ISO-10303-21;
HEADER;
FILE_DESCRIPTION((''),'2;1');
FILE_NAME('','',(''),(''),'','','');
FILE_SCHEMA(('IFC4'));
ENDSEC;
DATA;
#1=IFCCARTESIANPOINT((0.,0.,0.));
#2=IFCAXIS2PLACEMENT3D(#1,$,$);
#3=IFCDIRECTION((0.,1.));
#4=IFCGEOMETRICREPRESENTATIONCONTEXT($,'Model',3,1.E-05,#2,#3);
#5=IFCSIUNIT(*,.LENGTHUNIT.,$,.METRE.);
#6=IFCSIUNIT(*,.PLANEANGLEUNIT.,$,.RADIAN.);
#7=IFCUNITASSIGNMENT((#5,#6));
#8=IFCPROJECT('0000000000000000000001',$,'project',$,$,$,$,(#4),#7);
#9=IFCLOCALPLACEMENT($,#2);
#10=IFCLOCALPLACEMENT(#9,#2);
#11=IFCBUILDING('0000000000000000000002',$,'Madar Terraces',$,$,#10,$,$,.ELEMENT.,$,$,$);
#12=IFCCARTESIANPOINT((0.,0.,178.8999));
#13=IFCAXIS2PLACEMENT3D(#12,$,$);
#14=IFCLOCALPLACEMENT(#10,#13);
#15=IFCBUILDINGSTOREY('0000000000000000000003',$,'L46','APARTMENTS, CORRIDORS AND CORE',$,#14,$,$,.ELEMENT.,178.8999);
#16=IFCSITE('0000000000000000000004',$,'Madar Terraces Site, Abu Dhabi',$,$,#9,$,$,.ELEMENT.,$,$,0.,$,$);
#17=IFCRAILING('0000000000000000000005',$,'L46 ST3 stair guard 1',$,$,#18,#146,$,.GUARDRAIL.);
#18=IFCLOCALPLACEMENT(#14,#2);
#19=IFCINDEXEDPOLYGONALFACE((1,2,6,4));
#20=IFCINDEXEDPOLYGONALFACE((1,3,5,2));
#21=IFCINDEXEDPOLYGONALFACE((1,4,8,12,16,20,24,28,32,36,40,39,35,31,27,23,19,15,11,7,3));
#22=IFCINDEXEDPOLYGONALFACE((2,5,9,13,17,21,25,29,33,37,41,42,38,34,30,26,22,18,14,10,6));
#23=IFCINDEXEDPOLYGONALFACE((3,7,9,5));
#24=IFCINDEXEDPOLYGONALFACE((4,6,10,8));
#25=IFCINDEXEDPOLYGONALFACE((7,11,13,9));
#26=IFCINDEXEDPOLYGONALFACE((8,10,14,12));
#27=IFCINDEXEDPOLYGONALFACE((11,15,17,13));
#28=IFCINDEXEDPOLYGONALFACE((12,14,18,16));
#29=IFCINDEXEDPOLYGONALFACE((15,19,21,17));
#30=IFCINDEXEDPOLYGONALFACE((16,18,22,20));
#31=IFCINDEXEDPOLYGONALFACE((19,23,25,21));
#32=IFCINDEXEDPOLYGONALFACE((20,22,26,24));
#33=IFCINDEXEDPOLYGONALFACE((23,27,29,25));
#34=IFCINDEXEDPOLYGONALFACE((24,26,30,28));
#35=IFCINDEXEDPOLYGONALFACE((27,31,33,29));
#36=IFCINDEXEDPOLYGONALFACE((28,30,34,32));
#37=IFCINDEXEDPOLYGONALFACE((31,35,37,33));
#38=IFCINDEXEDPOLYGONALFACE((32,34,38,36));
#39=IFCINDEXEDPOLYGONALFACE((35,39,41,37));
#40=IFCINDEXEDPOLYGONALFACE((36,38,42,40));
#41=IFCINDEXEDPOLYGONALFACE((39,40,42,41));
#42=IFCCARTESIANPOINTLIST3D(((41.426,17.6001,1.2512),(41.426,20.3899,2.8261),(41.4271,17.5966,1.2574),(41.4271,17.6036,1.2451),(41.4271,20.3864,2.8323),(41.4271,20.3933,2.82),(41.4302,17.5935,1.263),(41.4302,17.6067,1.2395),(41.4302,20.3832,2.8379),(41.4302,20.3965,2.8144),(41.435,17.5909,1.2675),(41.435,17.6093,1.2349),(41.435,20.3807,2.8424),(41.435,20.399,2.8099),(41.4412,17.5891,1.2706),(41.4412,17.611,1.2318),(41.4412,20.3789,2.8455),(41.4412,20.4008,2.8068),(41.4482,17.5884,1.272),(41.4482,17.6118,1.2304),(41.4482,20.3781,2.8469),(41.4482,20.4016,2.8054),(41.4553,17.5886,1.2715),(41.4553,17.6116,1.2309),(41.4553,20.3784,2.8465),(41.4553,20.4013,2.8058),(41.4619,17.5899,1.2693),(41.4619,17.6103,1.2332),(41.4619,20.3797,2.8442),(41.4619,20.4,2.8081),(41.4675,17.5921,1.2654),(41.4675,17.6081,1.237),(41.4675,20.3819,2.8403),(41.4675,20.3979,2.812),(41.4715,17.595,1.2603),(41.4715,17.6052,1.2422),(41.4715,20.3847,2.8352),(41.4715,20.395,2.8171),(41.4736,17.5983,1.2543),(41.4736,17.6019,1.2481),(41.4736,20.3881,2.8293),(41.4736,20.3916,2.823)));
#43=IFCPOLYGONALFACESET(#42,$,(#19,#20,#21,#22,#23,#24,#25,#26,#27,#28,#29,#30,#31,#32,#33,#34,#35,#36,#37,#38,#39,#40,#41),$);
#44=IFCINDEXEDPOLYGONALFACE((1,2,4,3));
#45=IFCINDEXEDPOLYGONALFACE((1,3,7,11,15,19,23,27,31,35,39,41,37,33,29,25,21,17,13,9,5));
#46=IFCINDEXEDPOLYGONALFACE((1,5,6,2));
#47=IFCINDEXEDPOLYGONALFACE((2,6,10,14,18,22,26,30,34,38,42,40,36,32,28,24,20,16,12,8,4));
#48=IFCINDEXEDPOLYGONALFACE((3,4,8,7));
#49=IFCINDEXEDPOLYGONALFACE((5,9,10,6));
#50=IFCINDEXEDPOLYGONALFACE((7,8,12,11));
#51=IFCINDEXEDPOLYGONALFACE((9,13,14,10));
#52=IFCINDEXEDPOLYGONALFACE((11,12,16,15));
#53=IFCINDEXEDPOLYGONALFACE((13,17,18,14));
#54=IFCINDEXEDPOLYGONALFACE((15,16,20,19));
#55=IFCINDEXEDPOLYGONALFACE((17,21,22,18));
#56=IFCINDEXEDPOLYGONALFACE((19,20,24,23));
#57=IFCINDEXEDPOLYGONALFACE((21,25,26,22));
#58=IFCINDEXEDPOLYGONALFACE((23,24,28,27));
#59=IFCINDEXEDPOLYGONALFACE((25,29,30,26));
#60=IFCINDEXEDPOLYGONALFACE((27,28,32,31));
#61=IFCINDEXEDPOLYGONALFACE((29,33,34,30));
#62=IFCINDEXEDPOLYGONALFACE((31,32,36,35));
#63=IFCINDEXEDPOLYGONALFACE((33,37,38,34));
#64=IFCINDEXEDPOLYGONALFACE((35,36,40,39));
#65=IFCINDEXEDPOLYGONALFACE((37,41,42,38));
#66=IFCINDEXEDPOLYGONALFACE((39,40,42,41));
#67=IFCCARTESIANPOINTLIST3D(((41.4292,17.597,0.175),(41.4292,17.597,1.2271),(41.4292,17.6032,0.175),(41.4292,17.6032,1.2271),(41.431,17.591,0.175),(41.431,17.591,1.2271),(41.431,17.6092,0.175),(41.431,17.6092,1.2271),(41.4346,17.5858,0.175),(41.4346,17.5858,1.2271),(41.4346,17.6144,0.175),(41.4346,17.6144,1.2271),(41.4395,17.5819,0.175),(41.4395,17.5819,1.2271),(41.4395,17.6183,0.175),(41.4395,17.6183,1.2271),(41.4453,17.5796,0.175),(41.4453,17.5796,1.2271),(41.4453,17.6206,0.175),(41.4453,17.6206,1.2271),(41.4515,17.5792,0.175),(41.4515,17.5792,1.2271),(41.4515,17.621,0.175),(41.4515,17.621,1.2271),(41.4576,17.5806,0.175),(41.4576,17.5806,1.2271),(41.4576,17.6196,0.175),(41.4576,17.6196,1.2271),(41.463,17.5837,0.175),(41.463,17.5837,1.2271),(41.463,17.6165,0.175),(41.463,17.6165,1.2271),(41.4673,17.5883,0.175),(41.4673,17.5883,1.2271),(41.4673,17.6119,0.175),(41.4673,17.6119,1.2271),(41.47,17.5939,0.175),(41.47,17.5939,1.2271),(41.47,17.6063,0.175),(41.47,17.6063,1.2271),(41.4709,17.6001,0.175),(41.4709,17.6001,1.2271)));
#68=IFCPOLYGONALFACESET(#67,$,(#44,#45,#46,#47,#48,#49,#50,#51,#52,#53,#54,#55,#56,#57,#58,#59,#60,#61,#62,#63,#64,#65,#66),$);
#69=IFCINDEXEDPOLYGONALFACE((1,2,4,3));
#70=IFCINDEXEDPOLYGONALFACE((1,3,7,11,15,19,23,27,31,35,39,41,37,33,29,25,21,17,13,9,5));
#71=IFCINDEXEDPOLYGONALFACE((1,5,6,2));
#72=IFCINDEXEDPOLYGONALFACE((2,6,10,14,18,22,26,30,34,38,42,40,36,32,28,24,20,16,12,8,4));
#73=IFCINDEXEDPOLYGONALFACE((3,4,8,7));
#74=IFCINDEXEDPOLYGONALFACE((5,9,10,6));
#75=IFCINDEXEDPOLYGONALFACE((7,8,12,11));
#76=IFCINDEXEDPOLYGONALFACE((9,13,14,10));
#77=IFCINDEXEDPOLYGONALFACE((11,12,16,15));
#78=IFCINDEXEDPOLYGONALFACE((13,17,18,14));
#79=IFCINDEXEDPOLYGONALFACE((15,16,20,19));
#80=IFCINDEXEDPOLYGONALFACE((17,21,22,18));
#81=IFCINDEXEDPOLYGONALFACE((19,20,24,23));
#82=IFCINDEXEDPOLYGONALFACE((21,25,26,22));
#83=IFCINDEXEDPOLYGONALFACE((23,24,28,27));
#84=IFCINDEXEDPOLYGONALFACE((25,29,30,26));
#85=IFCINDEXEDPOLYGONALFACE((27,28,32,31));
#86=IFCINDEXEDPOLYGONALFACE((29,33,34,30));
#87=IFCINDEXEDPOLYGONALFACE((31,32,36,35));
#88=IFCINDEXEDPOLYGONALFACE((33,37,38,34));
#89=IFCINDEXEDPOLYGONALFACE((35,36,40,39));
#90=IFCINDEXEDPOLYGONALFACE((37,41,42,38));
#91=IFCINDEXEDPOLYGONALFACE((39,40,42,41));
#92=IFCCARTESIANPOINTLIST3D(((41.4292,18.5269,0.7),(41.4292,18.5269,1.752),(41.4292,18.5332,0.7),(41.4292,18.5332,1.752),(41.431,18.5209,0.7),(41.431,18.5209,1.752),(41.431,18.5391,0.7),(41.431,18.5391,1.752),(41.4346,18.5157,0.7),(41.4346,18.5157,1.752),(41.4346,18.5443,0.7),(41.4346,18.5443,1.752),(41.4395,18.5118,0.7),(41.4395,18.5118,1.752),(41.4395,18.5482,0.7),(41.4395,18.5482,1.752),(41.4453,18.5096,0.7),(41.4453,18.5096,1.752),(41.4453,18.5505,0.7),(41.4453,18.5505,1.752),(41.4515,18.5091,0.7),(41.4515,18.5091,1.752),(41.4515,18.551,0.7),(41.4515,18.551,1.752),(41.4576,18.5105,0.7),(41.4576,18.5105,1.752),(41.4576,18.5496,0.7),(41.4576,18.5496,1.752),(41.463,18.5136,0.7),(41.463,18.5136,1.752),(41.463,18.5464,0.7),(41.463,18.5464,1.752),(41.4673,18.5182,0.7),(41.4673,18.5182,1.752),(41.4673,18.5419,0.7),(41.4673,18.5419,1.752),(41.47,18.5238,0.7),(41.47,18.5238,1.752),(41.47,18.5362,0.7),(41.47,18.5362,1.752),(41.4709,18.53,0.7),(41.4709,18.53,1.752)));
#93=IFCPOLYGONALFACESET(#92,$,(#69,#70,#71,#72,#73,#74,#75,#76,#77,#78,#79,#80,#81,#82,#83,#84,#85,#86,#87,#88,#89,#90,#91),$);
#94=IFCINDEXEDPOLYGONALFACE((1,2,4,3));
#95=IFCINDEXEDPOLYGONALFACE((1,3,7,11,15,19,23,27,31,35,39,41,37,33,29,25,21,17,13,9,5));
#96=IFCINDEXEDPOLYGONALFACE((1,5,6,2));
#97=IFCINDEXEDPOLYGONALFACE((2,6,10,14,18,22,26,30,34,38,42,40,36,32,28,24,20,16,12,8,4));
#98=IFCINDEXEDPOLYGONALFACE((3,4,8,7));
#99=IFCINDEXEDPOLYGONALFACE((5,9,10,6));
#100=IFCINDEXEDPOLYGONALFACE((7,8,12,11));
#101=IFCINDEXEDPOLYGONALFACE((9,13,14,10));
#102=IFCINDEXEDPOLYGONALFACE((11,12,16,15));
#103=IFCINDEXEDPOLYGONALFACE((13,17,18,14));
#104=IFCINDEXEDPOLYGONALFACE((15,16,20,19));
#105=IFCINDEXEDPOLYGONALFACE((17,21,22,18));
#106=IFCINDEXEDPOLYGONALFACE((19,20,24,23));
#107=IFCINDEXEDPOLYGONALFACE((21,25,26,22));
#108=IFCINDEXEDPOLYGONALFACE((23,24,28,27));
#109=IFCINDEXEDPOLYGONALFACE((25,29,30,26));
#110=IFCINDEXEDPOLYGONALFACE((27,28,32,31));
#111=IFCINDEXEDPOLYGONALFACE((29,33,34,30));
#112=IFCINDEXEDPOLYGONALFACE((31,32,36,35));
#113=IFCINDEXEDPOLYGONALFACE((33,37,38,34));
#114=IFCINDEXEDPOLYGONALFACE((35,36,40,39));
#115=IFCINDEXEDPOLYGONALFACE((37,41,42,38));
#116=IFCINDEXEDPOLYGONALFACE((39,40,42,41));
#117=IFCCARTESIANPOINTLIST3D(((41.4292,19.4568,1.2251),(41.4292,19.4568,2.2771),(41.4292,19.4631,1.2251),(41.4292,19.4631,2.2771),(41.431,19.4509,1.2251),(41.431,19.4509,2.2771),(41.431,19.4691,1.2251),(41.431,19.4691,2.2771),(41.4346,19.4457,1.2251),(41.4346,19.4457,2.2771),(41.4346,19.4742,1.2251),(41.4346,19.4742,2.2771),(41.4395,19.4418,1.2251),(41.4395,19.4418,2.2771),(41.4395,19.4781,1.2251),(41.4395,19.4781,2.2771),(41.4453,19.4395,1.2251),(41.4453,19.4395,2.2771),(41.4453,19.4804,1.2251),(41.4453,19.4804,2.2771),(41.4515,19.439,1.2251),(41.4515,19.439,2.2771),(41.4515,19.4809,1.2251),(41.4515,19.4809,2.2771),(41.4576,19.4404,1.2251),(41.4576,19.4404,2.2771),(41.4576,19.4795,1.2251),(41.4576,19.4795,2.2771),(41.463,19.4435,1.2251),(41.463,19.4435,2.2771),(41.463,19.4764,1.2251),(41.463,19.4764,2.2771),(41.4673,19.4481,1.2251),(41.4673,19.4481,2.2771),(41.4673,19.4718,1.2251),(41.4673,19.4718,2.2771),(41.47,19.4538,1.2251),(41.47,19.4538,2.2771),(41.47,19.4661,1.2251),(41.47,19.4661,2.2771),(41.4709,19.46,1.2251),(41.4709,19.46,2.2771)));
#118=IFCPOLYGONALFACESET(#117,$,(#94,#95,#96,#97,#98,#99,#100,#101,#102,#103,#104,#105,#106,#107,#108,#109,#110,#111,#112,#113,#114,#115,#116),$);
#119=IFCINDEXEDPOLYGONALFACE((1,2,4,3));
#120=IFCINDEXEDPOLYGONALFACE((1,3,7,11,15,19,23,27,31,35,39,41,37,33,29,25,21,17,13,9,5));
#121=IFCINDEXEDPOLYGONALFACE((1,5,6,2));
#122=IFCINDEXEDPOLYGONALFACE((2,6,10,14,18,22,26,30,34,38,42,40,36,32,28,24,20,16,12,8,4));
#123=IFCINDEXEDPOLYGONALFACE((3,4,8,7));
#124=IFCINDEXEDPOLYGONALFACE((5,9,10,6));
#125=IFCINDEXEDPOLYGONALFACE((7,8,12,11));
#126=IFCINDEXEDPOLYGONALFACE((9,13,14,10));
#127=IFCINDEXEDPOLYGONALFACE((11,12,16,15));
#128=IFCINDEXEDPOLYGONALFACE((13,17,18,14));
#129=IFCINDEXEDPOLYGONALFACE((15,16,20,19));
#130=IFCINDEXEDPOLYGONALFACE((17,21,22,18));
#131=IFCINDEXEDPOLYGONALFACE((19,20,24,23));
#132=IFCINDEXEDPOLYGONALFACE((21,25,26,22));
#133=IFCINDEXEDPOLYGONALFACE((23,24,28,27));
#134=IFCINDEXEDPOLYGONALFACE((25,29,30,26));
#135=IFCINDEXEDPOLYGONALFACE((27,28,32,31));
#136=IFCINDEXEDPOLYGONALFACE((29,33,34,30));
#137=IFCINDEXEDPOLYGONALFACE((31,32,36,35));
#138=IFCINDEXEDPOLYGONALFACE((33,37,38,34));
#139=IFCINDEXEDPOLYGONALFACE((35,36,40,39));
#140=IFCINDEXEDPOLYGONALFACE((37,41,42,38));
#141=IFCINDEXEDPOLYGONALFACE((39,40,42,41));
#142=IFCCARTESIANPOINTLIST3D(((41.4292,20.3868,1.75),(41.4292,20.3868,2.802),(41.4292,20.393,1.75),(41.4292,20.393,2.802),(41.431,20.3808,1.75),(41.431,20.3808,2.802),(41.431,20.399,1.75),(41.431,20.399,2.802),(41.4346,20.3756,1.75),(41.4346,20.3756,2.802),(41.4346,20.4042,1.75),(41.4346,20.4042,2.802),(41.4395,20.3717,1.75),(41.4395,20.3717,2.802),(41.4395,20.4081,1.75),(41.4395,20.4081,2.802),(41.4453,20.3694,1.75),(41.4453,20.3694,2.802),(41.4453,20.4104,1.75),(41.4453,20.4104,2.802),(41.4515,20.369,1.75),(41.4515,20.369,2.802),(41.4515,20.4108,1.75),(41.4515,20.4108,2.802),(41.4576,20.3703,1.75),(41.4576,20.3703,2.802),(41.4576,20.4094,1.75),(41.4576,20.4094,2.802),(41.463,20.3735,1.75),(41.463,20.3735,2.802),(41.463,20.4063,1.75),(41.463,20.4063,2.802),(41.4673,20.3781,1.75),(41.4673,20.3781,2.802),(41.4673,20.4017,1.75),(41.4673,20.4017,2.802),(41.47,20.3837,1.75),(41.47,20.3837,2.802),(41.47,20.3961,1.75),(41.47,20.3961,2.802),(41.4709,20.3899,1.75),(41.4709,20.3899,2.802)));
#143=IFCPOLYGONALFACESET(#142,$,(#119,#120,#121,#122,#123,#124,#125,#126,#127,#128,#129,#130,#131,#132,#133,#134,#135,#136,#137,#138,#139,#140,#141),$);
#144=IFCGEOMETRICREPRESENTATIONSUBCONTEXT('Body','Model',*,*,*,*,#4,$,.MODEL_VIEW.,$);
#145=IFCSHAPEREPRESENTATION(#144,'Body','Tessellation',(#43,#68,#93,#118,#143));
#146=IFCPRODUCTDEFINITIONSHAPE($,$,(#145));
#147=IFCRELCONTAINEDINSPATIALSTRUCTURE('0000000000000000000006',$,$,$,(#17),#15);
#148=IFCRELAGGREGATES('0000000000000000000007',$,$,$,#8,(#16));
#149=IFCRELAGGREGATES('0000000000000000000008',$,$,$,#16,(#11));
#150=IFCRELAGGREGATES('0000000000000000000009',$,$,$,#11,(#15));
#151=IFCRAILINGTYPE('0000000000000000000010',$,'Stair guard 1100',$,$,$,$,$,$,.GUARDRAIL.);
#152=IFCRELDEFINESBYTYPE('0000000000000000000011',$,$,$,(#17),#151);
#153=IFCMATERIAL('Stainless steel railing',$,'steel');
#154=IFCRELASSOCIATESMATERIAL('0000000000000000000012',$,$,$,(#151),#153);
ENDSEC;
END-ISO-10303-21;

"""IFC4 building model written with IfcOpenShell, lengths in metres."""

from ifc_helpers import new_model, si_unit, direction, frame, origin, origin_2d, place, context, subcontext, project, spatial, circle, extrude, material, type_object, element, save


model = new_model("IFC4")

# Units and contexts
model_context = context("Model", 3, precision=1e-05, world=origin(), true_north=direction((0.0, 1.0)))
body_context = subcontext(model_context, "Body", "Model", "MODEL_VIEW")
ifc_project = project(units=[si_unit("LENGTHUNIT", "METRE"), si_unit("PLANEANGLEUNIT", "RADIAN")], contexts=[model_context])

# Site, building, storey
site_placement = place(None, origin())
site = spatial("IfcSite", under=ifc_project, at=site_placement, Name="Madar Terraces Site, Abu Dhabi", CompositionType="ELEMENT", RefElevation=0.0)
building_placement = place(site_placement, origin())
building = spatial("IfcBuilding", under=site, at=building_placement, Name="Madar Terraces", CompositionType="ELEMENT")
storey_placement = place(building_placement, frame((0.0, 0.0, 178.8999)))
storey = spatial("IfcBuildingStorey", under=building, at=storey_placement, Name="L46", Description="APARTMENTS, CORRIDORS AND CORE", CompositionType="ELEMENT", Elevation=178.8999)

# Railing
ifc_material_1 = material(Name="Stainless steel railing", Category="steel")
railing_type_1 = type_object("IfcRailingType", Name="Stair guard 1100", PredefinedType="GUARDRAIL", material=ifc_material_1)
railing_1_placement = place(storey_placement, frame((41.45, 17.6001, 0.175)))
element("IfcRailing", 1, at=railing_1_placement, inside=storey, type_object=railing_type_1, Name="L46 ST3 stair guard 1", PredefinedType="GUARDRAIL", context=body_context, shape_type="SweptSolid", body=[
    extrude(circle(Radius=0.0239, at=origin_2d()), frame((0.0, 0.0, 1.0762), z_axis=(0.0, 0.870815, 0.49161), x_axis=(-1.0, 0.0, 0.0)), (0.0, 0.0, 1.0), 3.2036),
    extrude(circle(Radius=0.021, at=origin_2d()), origin(), (0.0, 0.0, 1.0), 1.052),
    extrude(circle(Radius=0.021, at=origin_2d()), frame((0.0, 0.9299, 0.5249)), (0.0, 0.0, 1.0), 1.052),
    extrude(circle(Radius=0.021, at=origin_2d()), frame((0.0, 1.8599, 1.05)), (0.0, 0.0, 1.0), 1.052),
    extrude(circle(Radius=0.021, at=origin_2d()), frame((0.0, 2.7898, 1.575)), (0.0, 0.0, 1.0), 1.052),
])

save(model, "model.ifc")
